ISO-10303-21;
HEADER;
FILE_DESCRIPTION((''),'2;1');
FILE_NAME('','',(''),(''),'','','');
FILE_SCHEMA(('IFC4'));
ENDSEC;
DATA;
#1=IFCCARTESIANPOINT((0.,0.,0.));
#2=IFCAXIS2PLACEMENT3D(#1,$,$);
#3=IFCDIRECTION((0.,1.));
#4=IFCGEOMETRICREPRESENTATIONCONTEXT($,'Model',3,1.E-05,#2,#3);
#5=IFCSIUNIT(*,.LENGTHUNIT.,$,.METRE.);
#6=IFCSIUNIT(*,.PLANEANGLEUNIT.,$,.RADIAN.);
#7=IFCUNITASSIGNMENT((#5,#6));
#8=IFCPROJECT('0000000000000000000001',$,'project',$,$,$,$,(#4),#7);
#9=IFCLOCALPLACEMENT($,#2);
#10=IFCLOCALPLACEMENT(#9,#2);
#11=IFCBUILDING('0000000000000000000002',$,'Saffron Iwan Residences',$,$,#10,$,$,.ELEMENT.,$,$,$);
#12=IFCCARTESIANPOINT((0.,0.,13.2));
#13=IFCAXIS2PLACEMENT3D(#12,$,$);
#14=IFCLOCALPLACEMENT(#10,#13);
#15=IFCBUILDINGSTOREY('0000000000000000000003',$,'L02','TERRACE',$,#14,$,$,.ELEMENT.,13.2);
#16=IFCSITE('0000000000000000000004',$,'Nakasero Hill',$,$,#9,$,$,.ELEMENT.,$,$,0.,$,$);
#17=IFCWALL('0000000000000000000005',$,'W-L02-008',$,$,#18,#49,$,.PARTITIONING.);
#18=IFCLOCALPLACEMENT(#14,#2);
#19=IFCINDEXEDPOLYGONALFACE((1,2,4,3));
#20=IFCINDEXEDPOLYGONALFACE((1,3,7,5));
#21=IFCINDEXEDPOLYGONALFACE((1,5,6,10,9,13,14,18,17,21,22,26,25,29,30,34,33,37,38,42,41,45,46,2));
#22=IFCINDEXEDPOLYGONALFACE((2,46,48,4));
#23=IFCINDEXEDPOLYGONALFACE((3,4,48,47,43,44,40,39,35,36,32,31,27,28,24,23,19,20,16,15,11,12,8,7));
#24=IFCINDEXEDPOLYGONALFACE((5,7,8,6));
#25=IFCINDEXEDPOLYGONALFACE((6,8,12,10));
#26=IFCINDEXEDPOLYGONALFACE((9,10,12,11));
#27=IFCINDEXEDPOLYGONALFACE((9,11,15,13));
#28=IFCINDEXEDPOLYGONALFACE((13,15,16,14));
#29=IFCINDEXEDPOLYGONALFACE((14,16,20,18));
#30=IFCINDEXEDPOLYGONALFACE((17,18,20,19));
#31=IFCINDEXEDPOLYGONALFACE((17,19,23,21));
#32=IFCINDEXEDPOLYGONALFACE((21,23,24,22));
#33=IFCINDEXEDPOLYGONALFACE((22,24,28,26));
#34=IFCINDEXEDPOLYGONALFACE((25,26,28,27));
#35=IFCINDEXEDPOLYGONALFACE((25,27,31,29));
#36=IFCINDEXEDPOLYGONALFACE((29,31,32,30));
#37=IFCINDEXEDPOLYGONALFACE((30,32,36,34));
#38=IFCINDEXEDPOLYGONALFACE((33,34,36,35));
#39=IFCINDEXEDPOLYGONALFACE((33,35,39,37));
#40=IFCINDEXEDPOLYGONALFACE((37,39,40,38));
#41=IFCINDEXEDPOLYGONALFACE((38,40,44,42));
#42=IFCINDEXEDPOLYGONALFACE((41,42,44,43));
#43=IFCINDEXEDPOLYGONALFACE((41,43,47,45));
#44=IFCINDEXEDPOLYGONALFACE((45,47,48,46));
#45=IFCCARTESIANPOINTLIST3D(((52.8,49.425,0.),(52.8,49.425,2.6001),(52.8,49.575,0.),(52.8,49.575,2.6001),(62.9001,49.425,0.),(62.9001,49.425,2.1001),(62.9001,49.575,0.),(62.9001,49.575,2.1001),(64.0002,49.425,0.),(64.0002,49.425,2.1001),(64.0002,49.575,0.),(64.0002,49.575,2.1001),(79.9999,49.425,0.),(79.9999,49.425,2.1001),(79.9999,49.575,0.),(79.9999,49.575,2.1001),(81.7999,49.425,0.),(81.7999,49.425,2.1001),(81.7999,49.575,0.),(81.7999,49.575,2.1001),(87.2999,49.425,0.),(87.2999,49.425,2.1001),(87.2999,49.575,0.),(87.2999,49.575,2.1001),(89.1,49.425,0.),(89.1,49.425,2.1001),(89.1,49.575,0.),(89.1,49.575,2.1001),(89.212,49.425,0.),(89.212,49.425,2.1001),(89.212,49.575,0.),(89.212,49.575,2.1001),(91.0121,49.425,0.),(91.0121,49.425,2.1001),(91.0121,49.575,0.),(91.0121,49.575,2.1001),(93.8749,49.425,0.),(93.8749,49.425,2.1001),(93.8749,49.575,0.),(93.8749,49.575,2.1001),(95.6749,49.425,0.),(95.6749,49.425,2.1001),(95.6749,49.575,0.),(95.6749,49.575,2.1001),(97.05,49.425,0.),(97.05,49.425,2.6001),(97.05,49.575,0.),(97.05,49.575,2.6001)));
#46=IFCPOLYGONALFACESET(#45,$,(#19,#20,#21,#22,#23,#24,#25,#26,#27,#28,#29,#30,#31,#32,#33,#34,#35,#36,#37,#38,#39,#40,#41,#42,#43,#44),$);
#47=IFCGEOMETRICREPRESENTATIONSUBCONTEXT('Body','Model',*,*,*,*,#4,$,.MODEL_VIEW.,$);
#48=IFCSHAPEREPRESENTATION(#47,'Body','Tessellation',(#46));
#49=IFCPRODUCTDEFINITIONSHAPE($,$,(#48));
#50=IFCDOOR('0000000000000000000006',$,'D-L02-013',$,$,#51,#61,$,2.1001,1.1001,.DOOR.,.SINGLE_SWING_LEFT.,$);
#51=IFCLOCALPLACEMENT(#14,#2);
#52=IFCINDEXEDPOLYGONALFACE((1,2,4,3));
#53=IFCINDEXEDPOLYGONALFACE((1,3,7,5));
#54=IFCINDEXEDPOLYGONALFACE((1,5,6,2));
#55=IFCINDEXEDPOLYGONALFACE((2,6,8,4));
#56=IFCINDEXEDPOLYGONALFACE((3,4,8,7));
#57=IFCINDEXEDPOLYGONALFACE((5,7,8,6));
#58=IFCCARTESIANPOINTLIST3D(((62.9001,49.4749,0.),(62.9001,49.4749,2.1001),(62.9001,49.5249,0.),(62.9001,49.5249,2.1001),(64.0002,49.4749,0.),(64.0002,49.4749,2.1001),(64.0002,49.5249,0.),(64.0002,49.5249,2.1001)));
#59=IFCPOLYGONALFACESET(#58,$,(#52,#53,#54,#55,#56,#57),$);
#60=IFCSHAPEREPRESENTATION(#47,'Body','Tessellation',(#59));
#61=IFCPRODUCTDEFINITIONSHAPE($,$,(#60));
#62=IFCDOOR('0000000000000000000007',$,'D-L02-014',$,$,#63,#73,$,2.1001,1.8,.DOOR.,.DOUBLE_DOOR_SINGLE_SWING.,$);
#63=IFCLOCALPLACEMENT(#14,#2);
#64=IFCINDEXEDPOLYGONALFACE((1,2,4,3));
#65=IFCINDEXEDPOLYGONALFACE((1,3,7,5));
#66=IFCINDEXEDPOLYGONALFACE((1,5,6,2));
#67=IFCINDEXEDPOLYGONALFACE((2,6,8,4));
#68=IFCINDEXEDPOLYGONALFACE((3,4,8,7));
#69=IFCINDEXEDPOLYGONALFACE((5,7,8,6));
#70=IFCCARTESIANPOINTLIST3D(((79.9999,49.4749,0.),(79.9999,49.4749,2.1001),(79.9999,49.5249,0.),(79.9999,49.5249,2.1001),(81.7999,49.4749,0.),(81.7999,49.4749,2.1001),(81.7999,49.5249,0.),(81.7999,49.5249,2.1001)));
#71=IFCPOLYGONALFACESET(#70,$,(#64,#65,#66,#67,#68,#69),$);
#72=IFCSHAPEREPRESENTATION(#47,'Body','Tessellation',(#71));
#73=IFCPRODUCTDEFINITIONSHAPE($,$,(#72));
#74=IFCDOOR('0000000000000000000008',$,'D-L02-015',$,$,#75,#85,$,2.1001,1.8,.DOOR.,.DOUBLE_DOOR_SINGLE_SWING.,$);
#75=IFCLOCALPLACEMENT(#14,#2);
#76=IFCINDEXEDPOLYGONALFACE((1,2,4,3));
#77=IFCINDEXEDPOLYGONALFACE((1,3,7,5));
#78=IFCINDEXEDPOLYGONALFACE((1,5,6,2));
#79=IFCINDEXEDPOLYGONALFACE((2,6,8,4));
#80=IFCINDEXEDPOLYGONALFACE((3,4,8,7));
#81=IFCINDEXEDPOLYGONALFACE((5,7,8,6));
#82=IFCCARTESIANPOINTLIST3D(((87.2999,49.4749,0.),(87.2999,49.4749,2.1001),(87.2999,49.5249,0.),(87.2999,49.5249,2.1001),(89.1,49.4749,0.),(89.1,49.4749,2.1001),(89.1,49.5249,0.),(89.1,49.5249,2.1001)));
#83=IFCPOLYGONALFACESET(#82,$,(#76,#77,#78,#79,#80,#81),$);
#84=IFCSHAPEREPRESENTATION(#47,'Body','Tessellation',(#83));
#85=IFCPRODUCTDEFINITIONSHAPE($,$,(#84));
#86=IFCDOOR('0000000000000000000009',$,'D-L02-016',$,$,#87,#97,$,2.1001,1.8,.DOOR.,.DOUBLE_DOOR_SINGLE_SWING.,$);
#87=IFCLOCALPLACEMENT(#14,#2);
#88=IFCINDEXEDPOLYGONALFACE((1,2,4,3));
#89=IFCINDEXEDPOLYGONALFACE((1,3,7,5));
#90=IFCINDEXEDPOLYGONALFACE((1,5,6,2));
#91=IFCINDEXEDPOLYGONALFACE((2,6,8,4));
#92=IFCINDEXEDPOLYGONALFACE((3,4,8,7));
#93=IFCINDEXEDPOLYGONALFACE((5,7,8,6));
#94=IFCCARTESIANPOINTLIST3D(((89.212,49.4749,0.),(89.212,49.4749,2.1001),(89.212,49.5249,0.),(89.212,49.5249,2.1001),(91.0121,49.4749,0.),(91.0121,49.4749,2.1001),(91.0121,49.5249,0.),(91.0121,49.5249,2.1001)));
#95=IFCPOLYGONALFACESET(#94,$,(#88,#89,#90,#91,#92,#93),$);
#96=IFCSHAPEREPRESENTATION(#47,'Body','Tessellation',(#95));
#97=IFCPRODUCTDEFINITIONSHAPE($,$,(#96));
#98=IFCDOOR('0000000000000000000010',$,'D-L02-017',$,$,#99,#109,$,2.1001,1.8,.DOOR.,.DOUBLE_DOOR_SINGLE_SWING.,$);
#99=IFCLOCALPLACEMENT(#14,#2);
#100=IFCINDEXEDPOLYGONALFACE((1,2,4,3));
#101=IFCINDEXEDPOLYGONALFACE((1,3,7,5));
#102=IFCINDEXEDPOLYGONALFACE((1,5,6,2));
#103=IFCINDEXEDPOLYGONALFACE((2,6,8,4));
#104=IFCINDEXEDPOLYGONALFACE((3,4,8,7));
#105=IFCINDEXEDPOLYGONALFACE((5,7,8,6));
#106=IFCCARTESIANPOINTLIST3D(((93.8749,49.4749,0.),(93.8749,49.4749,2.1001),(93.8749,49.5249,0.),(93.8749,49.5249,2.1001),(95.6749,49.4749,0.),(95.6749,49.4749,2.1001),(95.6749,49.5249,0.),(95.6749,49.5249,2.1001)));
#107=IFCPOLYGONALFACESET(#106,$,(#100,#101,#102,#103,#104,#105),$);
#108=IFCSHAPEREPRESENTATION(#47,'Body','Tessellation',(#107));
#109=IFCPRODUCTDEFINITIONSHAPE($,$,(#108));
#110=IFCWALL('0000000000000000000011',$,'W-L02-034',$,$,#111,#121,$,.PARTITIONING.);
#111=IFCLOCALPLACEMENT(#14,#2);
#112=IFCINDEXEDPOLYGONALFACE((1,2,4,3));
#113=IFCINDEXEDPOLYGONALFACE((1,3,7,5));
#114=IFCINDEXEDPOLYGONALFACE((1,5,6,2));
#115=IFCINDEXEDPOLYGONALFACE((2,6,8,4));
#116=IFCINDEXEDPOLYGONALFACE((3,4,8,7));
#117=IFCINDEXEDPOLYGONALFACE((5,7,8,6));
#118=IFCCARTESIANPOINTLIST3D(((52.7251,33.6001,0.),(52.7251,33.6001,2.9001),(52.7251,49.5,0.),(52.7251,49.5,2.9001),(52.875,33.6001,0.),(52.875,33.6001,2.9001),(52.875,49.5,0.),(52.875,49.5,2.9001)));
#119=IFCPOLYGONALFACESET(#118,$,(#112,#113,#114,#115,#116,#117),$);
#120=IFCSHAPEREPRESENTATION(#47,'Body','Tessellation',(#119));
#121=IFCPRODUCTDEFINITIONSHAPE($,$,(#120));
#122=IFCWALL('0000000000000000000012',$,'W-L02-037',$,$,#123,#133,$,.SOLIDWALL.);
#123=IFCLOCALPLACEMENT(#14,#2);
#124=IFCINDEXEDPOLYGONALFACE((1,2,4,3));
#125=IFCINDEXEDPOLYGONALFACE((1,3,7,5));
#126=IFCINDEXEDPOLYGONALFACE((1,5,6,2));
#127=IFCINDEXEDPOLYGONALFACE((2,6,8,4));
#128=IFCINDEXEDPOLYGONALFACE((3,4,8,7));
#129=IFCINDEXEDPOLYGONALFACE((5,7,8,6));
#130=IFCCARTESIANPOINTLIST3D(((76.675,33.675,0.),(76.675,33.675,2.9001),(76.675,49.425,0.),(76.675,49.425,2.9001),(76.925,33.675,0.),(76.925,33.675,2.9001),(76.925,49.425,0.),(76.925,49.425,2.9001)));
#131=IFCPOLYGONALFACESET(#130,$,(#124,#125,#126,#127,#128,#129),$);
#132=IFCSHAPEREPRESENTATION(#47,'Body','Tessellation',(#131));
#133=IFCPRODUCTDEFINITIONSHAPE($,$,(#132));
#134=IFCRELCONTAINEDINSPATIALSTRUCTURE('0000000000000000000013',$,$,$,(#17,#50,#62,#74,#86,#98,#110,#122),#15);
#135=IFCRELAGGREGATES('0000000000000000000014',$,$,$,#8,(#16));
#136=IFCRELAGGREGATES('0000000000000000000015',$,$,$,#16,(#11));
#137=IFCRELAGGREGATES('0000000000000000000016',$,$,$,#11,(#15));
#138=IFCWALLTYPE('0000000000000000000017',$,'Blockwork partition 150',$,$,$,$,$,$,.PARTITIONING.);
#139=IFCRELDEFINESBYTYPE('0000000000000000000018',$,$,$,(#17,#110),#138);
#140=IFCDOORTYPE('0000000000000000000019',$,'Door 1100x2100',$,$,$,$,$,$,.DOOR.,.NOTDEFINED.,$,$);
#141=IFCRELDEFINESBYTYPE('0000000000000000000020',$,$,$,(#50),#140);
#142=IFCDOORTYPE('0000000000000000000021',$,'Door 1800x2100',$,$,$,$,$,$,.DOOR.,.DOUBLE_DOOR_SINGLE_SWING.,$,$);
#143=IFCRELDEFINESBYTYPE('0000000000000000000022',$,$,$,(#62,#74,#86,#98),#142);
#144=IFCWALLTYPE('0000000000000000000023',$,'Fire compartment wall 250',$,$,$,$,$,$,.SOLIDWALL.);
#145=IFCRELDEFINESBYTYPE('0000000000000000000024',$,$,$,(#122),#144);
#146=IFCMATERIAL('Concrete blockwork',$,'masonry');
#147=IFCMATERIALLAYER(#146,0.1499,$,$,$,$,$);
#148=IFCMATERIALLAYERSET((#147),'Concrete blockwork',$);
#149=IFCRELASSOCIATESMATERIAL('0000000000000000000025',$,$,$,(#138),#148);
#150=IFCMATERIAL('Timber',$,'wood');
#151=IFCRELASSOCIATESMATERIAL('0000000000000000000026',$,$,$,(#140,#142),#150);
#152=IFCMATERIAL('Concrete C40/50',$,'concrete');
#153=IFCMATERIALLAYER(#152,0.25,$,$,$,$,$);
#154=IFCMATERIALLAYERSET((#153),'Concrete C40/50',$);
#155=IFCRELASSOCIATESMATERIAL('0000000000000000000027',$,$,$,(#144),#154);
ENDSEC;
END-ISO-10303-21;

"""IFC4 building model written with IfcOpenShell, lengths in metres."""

from ifc_helpers import new_model, si_unit, direction, frame, frame_2d, origin, place, context, subcontext, project, spatial, rectangle, extrude, material, layer, layer_set, type_object, element, fill, save


model = new_model("IFC4")

# Units and contexts
model_context = context("Model", 3, precision=1e-05, world=origin(), true_north=direction((0.0, 1.0)))
body_context = subcontext(model_context, "Body", "Model", "MODEL_VIEW")
ifc_project = project(units=[si_unit("LENGTHUNIT", "METRE"), si_unit("PLANEANGLEUNIT", "RADIAN")], contexts=[model_context])

# Site, building, storey
site_placement = place(None, origin())
site = spatial("IfcSite", under=ifc_project, at=site_placement, Name="Nakasero Hill", CompositionType="ELEMENT", RefElevation=0.0)
building_placement = place(site_placement, origin())
building = spatial("IfcBuilding", under=site, at=building_placement, Name="Saffron Iwan Residences", CompositionType="ELEMENT")
storey_placement = place(building_placement, frame((0.0, 0.0, 13.2)))
storey = spatial("IfcBuildingStorey", under=building, at=storey_placement, Name="L02", Description="TERRACE", CompositionType="ELEMENT", Elevation=13.2)

# Wall, openings, doors
ifc_material_1 = material(Name="Concrete blockwork", Category="masonry")
ifc_layer_1 = layer(ifc_material_1, 0.1499)
ifc_layer_set_1 = layer_set([ifc_layer_1], Name="Concrete blockwork")
wall_type_1 = type_object("IfcWallType", Name="Blockwork partition 150", PredefinedType="PARTITIONING", material=ifc_layer_set_1)
wall_1_placement = place(storey_placement, frame((52.8, 49.5, 0.0), z_axis=(0.0, 0.0, 1.0), x_axis=(1.0, 0.0, 0.0)))
wall_1 = element("IfcWall", 1, at=wall_1_placement, inside=storey, type_object=wall_type_1, Name="W-L02-008", PredefinedType="PARTITIONING", context=body_context, shape_type="SweptSolid", body=[
    extrude(rectangle(XDim=44.25, YDim=0.1499, at=frame_2d((22.125, 0.0))), origin(), (0.0, 0.0, 1.0), 2.6001),
])
opening_1_placement = place(wall_1_placement, frame((10.1001, 0.0, 0.0)))
opening_1 = element("IfcOpeningElement", 2, at=opening_1_placement, cuts=wall_1, PredefinedType="OPENING", context=body_context, shape_type="SweptSolid", body=[
    extrude(rectangle(XDim=1.1001, YDim=2.1001, at=frame_2d((0.55, 1.05))), frame((0.0, 0.085, 0.0), z_axis=(0.0, -1.0, 0.0), x_axis=(1.0, 0.0, 0.0)), (0.0, 0.0, 1.0), 0.1699),
])
opening_2_placement = place(wall_1_placement, frame((27.2, 0.0, 0.0)))
opening_2 = element("IfcOpeningElement", 3, at=opening_2_placement, cuts=wall_1, PredefinedType="OPENING", context=body_context, shape_type="SweptSolid", body=[
    extrude(rectangle(XDim=1.8, YDim=2.1001, at=frame_2d((0.8999, 1.05))), frame((0.0, 0.085, 0.0), z_axis=(0.0, -1.0, 0.0), x_axis=(1.0, 0.0, 0.0)), (0.0, 0.0, 1.0), 0.1699),
])
opening_3_placement = place(wall_1_placement, frame((34.5, 0.0, 0.0)))
opening_3 = element("IfcOpeningElement", 4, at=opening_3_placement, cuts=wall_1, PredefinedType="OPENING", context=body_context, shape_type="SweptSolid", body=[
    extrude(rectangle(XDim=1.8, YDim=2.1001, at=frame_2d((0.8999, 1.05))), frame((0.0, 0.085, 0.0), z_axis=(0.0, -1.0, 0.0), x_axis=(1.0, 0.0, 0.0)), (0.0, 0.0, 1.0), 0.1699),
])
opening_4_placement = place(wall_1_placement, frame((36.4121, 0.0, 0.0)))
opening_4 = element("IfcOpeningElement", 5, at=opening_4_placement, cuts=wall_1, PredefinedType="OPENING", context=body_context, shape_type="SweptSolid", body=[
    extrude(rectangle(XDim=1.8, YDim=2.1001, at=frame_2d((0.8999, 1.05))), frame((0.0, 0.085, 0.0), z_axis=(0.0, -1.0, 0.0), x_axis=(1.0, 0.0, 0.0)), (0.0, 0.0, 1.0), 0.1699),
])
opening_5_placement = place(wall_1_placement, frame((41.075, 0.0, 0.0)))
opening_5 = element("IfcOpeningElement", 6, at=opening_5_placement, cuts=wall_1, PredefinedType="OPENING", context=body_context, shape_type="SweptSolid", body=[
    extrude(rectangle(XDim=1.8, YDim=2.1001, at=frame_2d((0.8999, 1.05))), frame((0.0, 0.085, 0.0), z_axis=(0.0, -1.0, 0.0), x_axis=(1.0, 0.0, 0.0)), (0.0, 0.0, 1.0), 0.1699),
])
ifc_material_2 = material(Name="Timber", Category="wood")
door_type_1 = type_object("IfcDoorType", Name="Door 1100x2100", OperationType="NOTDEFINED", PredefinedType="DOOR", material=ifc_material_2)
door_1_placement = place(opening_1_placement, origin())
door_1 = element("IfcDoor", 7, at=door_1_placement, inside=storey, type_object=door_type_1, Name="D-L02-013", OperationType="SINGLE_SWING_LEFT", OverallHeight=2.1001, OverallWidth=1.1001, PredefinedType="DOOR", context=body_context, shape_type="SweptSolid", body=[
    extrude(rectangle(XDim=1.1001, YDim=2.1001, at=frame_2d((0.55, 1.05))), frame((0.0, 0.0249, 0.0), z_axis=(0.0, -1.0, 0.0), x_axis=(1.0, 0.0, 0.0)), (0.0, 0.0, 1.0), 0.05),
])
fill(opening_1, door_1)
door_type_2 = type_object("IfcDoorType", Name="Door 1800x2100", OperationType="DOUBLE_DOOR_SINGLE_SWING", PredefinedType="DOOR", material=ifc_material_2)
door_2_placement = place(opening_2_placement, origin())
door_2 = element("IfcDoor", 8, at=door_2_placement, inside=storey, type_object=door_type_2, Name="D-L02-014", OperationType="DOUBLE_DOOR_SINGLE_SWING", OverallHeight=2.1001, OverallWidth=1.8, PredefinedType="DOOR", context=body_context, shape_type="SweptSolid", body=[
    extrude(rectangle(XDim=1.8, YDim=2.1001, at=frame_2d((0.8999, 1.05))), frame((0.0, 0.0249, 0.0), z_axis=(0.0, -1.0, 0.0), x_axis=(1.0, 0.0, 0.0)), (0.0, 0.0, 1.0), 0.05),
])
fill(opening_2, door_2)
door_3_placement = place(opening_3_placement, origin())
door_3 = element("IfcDoor", 9, at=door_3_placement, inside=storey, type_object=door_type_2, Name="D-L02-015", OperationType="DOUBLE_DOOR_SINGLE_SWING", OverallHeight=2.1001, OverallWidth=1.8, PredefinedType="DOOR", context=body_context, shape_type="SweptSolid", body=[
    extrude(rectangle(XDim=1.8, YDim=2.1001, at=frame_2d((0.8999, 1.05))), frame((0.0, 0.0249, 0.0), z_axis=(0.0, -1.0, 0.0), x_axis=(1.0, 0.0, 0.0)), (0.0, 0.0, 1.0), 0.05),
])
fill(opening_3, door_3)
door_4_placement = place(opening_4_placement, origin())
door_4 = element("IfcDoor", 10, at=door_4_placement, inside=storey, type_object=door_type_2, Name="D-L02-016", OperationType="DOUBLE_DOOR_SINGLE_SWING", OverallHeight=2.1001, OverallWidth=1.8, PredefinedType="DOOR", context=body_context, shape_type="SweptSolid", body=[
    extrude(rectangle(XDim=1.8, YDim=2.1001, at=frame_2d((0.8999, 1.05))), frame((0.0, 0.0249, 0.0), z_axis=(0.0, -1.0, 0.0), x_axis=(1.0, 0.0, 0.0)), (0.0, 0.0, 1.0), 0.05),
])
fill(opening_4, door_4)
door_5_placement = place(opening_5_placement, origin())
door_5 = element("IfcDoor", 11, at=door_5_placement, inside=storey, type_object=door_type_2, Name="D-L02-017", OperationType="DOUBLE_DOOR_SINGLE_SWING", OverallHeight=2.1001, OverallWidth=1.8, PredefinedType="DOOR", context=body_context, shape_type="SweptSolid", body=[
    extrude(rectangle(XDim=1.8, YDim=2.1001, at=frame_2d((0.8999, 1.05))), frame((0.0, 0.0249, 0.0), z_axis=(0.0, -1.0, 0.0), x_axis=(1.0, 0.0, 0.0)), (0.0, 0.0, 1.0), 0.05),
])
fill(opening_5, door_5)

# Walls
wall_2_placement = place(storey_placement, frame((52.8, 33.6001, 0.0), z_axis=(0.0, 0.0, 1.0), x_axis=(0.0, 1.0, 0.0)))
element("IfcWall", 12, at=wall_2_placement, inside=storey, type_object=wall_type_1, Name="W-L02-034", PredefinedType="PARTITIONING", context=body_context, shape_type="SweptSolid", body=[
    extrude(rectangle(XDim=15.8999, YDim=0.1499, at=frame_2d((7.95, 0.0))), origin(), (0.0, 0.0, 1.0), 2.9001),
])
ifc_material_3 = material(Name="Concrete C40/50", Category="concrete")
ifc_layer_2 = layer(ifc_material_3, 0.25)
ifc_layer_set_2 = layer_set([ifc_layer_2], Name="Concrete C40/50")
wall_type_2 = type_object("IfcWallType", Name="Fire compartment wall 250", PredefinedType="SOLIDWALL", material=ifc_layer_set_2)
wall_3_placement = place(storey_placement, frame((76.8, 33.675, 0.0), z_axis=(0.0, 0.0, 1.0), x_axis=(0.0, 1.0, 0.0)))
element("IfcWall", 13, at=wall_3_placement, inside=storey, type_object=wall_type_2, Name="W-L02-037", PredefinedType="SOLIDWALL", context=body_context, shape_type="SweptSolid", body=[
    extrude(rectangle(XDim=15.75, YDim=0.25, at=frame_2d((7.875, 0.0))), origin(), (0.0, 0.0, 1.0), 2.9001),
])

save(model, "model.ifc")
